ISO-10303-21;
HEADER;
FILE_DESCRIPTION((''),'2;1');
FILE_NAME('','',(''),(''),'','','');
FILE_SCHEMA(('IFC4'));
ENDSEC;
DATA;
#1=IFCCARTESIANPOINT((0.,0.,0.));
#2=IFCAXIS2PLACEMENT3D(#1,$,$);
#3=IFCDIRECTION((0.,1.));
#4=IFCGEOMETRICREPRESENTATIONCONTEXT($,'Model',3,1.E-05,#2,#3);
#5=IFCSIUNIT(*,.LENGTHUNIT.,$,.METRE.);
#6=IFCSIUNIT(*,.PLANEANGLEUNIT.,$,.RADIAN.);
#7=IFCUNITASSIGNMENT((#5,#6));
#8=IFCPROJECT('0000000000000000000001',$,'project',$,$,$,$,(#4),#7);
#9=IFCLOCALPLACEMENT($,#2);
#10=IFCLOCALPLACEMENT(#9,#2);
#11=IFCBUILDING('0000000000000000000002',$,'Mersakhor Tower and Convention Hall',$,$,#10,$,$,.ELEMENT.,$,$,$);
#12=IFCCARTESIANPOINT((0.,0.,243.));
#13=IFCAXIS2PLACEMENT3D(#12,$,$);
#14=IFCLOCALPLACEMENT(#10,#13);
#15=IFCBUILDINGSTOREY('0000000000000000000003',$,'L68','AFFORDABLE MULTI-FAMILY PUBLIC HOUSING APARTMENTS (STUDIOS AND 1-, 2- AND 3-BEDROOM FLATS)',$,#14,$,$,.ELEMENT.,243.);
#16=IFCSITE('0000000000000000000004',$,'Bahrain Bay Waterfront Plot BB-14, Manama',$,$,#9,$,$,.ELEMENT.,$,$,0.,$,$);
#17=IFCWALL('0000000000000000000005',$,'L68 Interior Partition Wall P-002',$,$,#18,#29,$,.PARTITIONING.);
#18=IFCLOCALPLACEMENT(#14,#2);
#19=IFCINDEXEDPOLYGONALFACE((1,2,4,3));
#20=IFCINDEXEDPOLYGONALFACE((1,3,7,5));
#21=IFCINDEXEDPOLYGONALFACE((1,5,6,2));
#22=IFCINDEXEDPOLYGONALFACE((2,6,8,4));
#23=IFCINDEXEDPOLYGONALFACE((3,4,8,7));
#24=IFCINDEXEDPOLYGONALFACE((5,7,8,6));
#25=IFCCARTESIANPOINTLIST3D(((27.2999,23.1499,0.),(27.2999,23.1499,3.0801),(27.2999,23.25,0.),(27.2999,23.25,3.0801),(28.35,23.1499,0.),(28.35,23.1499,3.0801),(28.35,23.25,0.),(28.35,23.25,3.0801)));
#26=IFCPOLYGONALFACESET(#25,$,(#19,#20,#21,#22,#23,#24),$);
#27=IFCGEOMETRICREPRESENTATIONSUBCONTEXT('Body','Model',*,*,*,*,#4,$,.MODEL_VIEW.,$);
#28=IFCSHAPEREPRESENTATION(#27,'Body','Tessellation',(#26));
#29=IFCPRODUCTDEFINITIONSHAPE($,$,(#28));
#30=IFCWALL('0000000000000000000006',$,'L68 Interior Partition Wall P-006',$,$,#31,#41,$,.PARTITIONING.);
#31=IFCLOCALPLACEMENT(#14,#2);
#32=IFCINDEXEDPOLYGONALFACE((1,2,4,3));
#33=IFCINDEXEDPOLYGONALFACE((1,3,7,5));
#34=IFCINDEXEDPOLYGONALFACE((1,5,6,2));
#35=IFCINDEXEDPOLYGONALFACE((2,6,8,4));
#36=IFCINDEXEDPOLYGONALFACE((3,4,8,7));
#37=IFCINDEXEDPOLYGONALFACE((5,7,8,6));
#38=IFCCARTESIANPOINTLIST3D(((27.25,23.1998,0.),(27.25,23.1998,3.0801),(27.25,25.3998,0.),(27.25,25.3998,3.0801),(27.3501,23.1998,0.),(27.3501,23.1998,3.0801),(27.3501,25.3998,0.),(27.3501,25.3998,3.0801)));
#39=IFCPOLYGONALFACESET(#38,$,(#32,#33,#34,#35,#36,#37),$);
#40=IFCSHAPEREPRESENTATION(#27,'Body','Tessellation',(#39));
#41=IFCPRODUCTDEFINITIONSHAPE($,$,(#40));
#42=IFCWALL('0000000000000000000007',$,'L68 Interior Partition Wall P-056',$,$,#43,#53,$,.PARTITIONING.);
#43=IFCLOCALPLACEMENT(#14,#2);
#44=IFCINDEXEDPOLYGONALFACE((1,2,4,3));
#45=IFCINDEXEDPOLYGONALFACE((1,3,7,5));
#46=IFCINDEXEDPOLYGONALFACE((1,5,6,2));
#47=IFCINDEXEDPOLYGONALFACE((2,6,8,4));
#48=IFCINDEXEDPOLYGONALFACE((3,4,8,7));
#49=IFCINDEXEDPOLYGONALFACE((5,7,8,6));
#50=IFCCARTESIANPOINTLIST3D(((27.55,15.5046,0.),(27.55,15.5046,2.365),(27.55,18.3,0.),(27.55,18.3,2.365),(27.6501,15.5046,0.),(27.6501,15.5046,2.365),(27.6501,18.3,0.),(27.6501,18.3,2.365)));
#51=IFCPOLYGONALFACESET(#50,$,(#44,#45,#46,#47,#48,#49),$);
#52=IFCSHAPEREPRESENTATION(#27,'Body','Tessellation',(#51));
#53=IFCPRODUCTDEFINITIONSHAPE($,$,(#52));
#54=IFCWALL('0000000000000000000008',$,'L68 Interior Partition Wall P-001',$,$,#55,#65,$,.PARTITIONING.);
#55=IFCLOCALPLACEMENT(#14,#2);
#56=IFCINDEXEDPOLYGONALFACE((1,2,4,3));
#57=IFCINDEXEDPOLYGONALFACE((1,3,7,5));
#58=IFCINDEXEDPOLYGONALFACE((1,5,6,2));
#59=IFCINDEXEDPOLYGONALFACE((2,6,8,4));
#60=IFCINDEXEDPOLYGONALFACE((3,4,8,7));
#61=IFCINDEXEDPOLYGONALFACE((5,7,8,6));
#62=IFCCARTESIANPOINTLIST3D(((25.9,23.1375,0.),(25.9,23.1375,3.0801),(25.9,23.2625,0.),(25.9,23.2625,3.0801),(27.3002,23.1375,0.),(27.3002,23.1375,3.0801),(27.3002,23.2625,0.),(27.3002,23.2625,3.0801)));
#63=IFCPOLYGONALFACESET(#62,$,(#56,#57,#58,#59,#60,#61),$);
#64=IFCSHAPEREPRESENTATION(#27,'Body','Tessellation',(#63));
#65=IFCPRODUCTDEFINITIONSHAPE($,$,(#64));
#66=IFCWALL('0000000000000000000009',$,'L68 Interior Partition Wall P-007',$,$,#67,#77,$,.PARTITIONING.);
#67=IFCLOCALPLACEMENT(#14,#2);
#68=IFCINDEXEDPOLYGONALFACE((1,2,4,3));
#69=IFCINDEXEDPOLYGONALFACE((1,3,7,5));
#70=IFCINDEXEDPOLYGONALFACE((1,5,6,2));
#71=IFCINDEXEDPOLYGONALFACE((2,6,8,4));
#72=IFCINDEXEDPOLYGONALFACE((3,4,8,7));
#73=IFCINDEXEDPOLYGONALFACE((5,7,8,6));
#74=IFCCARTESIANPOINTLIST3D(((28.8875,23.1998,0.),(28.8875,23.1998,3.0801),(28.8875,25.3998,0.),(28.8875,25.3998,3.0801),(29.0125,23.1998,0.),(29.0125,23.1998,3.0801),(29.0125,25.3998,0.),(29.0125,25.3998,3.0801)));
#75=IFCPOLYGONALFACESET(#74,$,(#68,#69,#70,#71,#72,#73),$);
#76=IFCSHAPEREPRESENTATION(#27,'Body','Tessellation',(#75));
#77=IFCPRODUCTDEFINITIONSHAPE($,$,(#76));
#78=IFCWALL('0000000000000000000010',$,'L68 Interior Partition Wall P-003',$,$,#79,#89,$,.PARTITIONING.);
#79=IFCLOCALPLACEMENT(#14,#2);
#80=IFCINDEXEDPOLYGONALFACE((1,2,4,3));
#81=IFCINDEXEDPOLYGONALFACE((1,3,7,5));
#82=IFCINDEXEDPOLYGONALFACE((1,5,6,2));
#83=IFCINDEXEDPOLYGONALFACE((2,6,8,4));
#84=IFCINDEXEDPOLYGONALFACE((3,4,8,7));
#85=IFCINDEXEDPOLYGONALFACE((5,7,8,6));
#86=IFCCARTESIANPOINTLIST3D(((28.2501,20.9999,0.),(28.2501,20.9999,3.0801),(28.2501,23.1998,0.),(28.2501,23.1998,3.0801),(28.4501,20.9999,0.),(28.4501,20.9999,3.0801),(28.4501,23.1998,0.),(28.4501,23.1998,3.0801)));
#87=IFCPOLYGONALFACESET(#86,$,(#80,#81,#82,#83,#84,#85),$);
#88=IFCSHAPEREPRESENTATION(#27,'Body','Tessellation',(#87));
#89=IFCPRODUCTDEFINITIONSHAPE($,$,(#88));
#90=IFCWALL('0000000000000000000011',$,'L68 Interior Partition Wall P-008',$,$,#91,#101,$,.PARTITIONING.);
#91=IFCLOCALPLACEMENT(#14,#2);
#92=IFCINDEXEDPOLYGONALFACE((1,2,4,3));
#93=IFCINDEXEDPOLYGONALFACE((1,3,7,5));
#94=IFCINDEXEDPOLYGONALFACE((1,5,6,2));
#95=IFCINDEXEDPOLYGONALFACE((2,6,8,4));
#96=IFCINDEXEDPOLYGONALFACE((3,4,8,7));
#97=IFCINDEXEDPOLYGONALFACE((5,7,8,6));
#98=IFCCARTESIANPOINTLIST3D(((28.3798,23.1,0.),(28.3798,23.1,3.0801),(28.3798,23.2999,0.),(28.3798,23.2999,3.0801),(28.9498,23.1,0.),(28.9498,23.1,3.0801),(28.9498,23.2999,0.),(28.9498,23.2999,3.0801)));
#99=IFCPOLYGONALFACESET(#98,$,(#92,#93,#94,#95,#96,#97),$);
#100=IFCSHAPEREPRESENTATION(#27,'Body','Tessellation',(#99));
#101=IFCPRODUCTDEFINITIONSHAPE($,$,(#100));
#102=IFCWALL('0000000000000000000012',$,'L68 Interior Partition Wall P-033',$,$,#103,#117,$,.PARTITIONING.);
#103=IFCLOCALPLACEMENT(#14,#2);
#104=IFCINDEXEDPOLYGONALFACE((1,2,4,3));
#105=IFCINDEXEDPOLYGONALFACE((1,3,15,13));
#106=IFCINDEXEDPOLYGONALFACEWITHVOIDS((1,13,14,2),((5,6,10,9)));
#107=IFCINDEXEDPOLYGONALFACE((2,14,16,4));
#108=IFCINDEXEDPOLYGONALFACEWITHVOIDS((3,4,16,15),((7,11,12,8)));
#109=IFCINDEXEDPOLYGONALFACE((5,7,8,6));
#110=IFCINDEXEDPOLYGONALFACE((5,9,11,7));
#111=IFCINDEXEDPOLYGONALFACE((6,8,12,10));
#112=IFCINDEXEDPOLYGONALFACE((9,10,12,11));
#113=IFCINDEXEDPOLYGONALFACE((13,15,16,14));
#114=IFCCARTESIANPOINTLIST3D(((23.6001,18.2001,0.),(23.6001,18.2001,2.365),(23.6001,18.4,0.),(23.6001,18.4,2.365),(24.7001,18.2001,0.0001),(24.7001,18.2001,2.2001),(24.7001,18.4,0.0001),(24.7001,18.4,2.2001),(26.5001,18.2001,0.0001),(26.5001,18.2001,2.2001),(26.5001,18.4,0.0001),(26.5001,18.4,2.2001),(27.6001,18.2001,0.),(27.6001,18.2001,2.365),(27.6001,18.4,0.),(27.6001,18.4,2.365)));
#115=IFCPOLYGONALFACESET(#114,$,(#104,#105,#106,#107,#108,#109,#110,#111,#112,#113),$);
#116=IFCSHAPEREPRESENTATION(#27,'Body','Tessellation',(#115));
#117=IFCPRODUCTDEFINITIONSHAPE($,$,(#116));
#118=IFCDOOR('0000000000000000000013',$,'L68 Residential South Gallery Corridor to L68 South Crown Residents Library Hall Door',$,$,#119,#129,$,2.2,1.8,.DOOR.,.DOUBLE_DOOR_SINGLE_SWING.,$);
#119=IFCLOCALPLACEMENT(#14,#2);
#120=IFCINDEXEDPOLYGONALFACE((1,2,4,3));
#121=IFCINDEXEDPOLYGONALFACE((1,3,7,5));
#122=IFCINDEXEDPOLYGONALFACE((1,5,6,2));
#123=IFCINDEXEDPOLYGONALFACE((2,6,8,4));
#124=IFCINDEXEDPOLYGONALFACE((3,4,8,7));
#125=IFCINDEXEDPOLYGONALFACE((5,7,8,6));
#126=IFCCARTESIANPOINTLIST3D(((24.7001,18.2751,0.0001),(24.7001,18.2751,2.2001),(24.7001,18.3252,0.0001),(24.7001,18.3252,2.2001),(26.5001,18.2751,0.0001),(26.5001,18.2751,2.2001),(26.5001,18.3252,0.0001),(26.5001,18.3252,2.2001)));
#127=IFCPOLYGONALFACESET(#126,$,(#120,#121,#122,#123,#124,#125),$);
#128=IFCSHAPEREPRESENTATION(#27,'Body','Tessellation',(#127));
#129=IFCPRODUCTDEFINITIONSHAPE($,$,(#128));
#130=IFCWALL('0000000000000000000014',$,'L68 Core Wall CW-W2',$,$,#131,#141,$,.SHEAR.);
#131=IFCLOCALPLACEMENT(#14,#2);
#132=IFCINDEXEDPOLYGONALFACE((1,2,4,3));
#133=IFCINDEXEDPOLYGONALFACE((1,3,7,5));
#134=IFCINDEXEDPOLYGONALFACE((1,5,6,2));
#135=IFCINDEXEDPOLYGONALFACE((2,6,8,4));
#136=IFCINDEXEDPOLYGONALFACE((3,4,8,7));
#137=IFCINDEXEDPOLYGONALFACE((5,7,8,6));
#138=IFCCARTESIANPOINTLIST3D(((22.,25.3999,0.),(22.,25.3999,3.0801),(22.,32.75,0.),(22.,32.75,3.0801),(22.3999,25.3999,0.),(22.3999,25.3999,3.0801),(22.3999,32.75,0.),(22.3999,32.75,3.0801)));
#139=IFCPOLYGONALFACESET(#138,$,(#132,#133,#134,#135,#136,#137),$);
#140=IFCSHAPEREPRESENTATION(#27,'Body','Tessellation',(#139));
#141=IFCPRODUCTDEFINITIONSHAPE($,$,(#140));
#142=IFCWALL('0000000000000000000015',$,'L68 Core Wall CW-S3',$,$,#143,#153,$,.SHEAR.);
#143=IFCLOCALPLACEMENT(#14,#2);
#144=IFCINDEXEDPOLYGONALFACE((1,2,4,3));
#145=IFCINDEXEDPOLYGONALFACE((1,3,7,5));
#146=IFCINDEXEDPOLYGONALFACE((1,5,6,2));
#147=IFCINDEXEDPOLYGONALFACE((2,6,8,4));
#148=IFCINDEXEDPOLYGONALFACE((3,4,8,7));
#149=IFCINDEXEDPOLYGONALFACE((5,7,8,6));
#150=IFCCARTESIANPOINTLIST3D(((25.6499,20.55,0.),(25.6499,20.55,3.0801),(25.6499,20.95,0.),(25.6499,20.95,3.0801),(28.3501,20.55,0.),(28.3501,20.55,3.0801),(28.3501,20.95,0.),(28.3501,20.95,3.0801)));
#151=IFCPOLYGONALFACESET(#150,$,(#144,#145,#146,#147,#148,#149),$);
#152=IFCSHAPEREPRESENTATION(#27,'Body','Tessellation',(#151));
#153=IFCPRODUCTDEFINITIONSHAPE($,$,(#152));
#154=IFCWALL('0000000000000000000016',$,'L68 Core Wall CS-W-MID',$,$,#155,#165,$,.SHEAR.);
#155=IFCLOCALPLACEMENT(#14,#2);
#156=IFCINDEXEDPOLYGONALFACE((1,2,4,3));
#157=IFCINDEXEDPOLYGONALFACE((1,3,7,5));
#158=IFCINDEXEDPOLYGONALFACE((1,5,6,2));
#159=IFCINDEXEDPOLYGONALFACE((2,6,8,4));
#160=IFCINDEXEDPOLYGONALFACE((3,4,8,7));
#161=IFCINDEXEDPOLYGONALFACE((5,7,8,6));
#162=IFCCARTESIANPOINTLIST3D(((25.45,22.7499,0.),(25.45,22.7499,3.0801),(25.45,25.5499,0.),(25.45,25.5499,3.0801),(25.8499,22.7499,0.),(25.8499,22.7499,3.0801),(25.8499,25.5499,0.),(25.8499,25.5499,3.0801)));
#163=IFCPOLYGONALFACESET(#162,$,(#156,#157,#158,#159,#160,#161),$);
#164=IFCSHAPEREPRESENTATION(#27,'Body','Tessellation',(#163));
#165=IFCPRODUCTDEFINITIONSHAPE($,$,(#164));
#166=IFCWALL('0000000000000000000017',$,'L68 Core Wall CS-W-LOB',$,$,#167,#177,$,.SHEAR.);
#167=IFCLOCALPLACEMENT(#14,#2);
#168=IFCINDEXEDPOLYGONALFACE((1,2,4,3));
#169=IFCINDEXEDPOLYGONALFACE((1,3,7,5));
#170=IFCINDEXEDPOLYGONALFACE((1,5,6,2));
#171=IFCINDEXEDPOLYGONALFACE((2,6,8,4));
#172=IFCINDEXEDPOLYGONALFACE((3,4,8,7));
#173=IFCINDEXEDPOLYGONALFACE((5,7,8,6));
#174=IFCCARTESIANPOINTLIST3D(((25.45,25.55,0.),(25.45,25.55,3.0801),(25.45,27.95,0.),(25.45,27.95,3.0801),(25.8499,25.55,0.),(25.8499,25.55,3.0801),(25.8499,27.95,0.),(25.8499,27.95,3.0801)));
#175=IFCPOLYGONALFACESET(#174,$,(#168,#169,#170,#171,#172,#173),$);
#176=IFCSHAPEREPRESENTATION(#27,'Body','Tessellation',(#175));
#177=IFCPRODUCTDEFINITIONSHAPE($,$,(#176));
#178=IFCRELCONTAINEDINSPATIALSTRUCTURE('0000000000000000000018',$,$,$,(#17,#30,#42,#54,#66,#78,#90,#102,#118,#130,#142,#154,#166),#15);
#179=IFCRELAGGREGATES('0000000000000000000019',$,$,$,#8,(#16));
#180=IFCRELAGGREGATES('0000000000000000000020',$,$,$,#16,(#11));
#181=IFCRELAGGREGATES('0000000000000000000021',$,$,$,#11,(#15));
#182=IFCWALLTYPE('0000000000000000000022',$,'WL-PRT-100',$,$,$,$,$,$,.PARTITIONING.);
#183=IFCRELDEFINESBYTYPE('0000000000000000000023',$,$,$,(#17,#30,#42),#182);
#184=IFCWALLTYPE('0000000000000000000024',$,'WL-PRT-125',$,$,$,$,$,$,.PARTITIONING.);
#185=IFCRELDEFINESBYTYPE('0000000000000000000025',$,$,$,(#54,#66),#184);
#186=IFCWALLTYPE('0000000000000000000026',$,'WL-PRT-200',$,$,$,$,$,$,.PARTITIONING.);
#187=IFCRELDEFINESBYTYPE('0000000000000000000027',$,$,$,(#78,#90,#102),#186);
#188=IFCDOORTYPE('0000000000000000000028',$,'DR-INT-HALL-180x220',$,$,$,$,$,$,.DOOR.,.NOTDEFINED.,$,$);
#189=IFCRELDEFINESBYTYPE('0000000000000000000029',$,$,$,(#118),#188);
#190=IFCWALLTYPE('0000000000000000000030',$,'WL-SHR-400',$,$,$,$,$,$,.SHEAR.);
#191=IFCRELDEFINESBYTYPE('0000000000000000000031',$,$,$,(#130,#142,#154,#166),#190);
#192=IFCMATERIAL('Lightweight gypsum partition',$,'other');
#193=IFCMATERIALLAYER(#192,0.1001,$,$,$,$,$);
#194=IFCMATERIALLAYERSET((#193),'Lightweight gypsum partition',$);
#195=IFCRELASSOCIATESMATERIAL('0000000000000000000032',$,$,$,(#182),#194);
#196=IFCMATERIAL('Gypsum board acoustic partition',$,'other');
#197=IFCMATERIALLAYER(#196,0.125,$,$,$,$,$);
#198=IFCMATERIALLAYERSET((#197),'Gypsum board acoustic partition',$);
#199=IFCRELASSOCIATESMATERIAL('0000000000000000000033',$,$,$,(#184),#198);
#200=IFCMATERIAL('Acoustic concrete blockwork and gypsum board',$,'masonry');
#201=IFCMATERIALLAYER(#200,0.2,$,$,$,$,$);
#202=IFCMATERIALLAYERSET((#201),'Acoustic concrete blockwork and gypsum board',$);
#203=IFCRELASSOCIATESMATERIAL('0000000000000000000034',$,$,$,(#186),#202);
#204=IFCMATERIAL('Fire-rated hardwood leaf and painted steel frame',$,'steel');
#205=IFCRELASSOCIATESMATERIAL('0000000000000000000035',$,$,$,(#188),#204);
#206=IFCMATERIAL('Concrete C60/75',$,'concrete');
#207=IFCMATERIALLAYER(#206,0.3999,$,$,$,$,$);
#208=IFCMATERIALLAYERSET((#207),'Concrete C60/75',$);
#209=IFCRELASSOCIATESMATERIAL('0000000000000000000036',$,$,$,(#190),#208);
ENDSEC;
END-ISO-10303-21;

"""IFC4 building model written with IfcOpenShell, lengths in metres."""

from ifc_helpers import new_model, si_unit, direction, frame, frame_2d, origin, place, context, subcontext, project, spatial, rectangle, extrude, material, layer, layer_set, type_object, element, fill, save


model = new_model("IFC4")

# Units and contexts
model_context = context("Model", 3, precision=1e-05, world=origin(), true_north=direction((0.0, 1.0)))
body_context = subcontext(model_context, "Body", "Model", "MODEL_VIEW")
ifc_project = project(units=[si_unit("LENGTHUNIT", "METRE"), si_unit("PLANEANGLEUNIT", "RADIAN")], contexts=[model_context])

# Site, building, storey
site_placement = place(None, origin())
site = spatial("IfcSite", under=ifc_project, at=site_placement, Name="Bahrain Bay Waterfront Plot BB-14, Manama", CompositionType="ELEMENT", RefElevation=0.0)
building_placement = place(site_placement, origin())
building = spatial("IfcBuilding", under=site, at=building_placement, Name="Mersakhor Tower and Convention Hall", CompositionType="ELEMENT")
storey_placement = place(building_placement, frame((0.0, 0.0, 243.0)))
storey = spatial("IfcBuildingStorey", under=building, at=storey_placement, Name="L68", Description="AFFORDABLE MULTI-FAMILY PUBLIC HOUSING APARTMENTS (STUDIOS AND 1-, 2- AND 3-BEDROOM FLATS)", CompositionType="ELEMENT", Elevation=243.0)

# Walls
ifc_material_1 = material(Name="Lightweight gypsum partition", Category="other")
ifc_layer_1 = layer(ifc_material_1, 0.1001)
ifc_layer_set_1 = layer_set([ifc_layer_1], Name="Lightweight gypsum partition")
wall_type_1 = type_object("IfcWallType", Name="WL-PRT-100", PredefinedType="PARTITIONING", material=ifc_layer_set_1)
wall_1_placement = place(storey_placement, frame((27.3, 23.2, 0.0), z_axis=(0.0, 0.0, 1.0), x_axis=(1.0, 0.0, 0.0)))
element("IfcWall", 1, at=wall_1_placement, inside=storey, type_object=wall_type_1, Name="L68 Interior Partition Wall P-002", PredefinedType="PARTITIONING", context=body_context, shape_type="SweptSolid", body=[
    extrude(rectangle(XDim=1.05, YDim=0.1001, at=frame_2d((0.5249, 0.0))), origin(), (0.0, 0.0, 1.0), 3.0801),
])
wall_2_placement = place(storey_placement, frame((27.3, 25.3999, 0.0), z_axis=(0.0, 0.0, 1.0), x_axis=(0.0, -1.0, 0.0)))
element("IfcWall", 2, at=wall_2_placement, inside=storey, type_object=wall_type_1, Name="L68 Interior Partition Wall P-006", PredefinedType="PARTITIONING", context=body_context, shape_type="SweptSolid", body=[
    extrude(rectangle(XDim=2.2, YDim=0.1001, at=frame_2d((1.1001, 0.0))), origin(), (0.0, 0.0, 1.0), 3.0801),
])
wall_3_placement = place(storey_placement, frame((27.6001, 18.3, 0.0), z_axis=(0.0, 0.0, 1.0), x_axis=(0.0, -1.0, 0.0)))
element("IfcWall", 3, at=wall_3_placement, inside=storey, type_object=wall_type_1, Name="L68 Interior Partition Wall P-056", PredefinedType="PARTITIONING", context=body_context, shape_type="SweptSolid", body=[
    extrude(rectangle(XDim=2.7954, YDim=0.1001, at=frame_2d((1.3977, 0.0))), origin(), (0.0, 0.0, 1.0), 2.365),
])
ifc_material_2 = material(Name="Gypsum board acoustic partition", Category="other")
ifc_layer_2 = layer(ifc_material_2, 0.125)
ifc_layer_set_2 = layer_set([ifc_layer_2], Name="Gypsum board acoustic partition")
wall_type_2 = type_object("IfcWallType", Name="WL-PRT-125", PredefinedType="PARTITIONING", material=ifc_layer_set_2)
wall_4_placement = place(storey_placement, frame((25.8999, 23.2, 0.0), z_axis=(0.0, 0.0, 1.0), x_axis=(1.0, 0.0, 0.0)))
element("IfcWall", 4, at=wall_4_placement, inside=storey, type_object=wall_type_2, Name="L68 Interior Partition Wall P-001", PredefinedType="PARTITIONING", context=body_context, shape_type="SweptSolid", body=[
    extrude(rectangle(XDim=1.4001, YDim=0.125, at=frame_2d((0.7002, 0.0))), origin(), (0.0, 0.0, 1.0), 3.0801),
])
wall_5_placement = place(storey_placement, frame((28.95, 25.3999, 0.0), z_axis=(0.0, 0.0, 1.0), x_axis=(0.0, -1.0, 0.0)))
element("IfcWall", 5, at=wall_5_placement, inside=storey, type_object=wall_type_2, Name="L68 Interior Partition Wall P-007", PredefinedType="PARTITIONING", context=body_context, shape_type="SweptSolid", body=[
    extrude(rectangle(XDim=2.2, YDim=0.125, at=frame_2d((1.1001, 0.0))), origin(), (0.0, 0.0, 1.0), 3.0801),
])

# Shared definitions
ifc_material_3 = material(Name="Acoustic concrete blockwork and gypsum board", Category="masonry")
ifc_layer_3 = layer(ifc_material_3, 0.2)
ifc_layer_set_3 = layer_set([ifc_layer_3], Name="Acoustic concrete blockwork and gypsum board")
wall_type_3 = type_object("IfcWallType", Name="WL-PRT-200", PredefinedType="PARTITIONING", material=ifc_layer_set_3)

# Walls
wall_6_placement = place(storey_placement, frame((28.3501, 23.2, 0.0), z_axis=(0.0, 0.0, 1.0), x_axis=(0.0, -1.0, 0.0)))
element("IfcWall", 6, at=wall_6_placement, inside=storey, type_object=wall_type_3, Name="L68 Interior Partition Wall P-003", PredefinedType="PARTITIONING", context=body_context, shape_type="SweptSolid", body=[
    extrude(rectangle(XDim=2.2, YDim=0.2, at=frame_2d((1.1001, 0.0))), origin(), (0.0, 0.0, 1.0), 3.0801),
])
wall_7_placement = place(storey_placement, frame((28.95, 23.2, 0.0), z_axis=(0.0, 0.0, 1.0), x_axis=(-1.0, 0.0, 0.0)))
element("IfcWall", 7, at=wall_7_placement, inside=storey, type_object=wall_type_3, Name="L68 Interior Partition Wall P-008", PredefinedType="PARTITIONING", context=body_context, shape_type="SweptSolid", body=[
    extrude(rectangle(XDim=0.5701, YDim=0.2, at=frame_2d((0.2852, 0.0))), origin(), (0.0, 0.0, 1.0), 3.0801),
])

# Wall, opening, door
wall_8_placement = place(storey_placement, frame((27.6001, 18.3, 0.0), z_axis=(0.0, 0.0, 1.0), x_axis=(-1.0, 0.0, 0.0)))
wall_8 = element("IfcWall", 8, at=wall_8_placement, inside=storey, type_object=wall_type_3, Name="L68 Interior Partition Wall P-033", PredefinedType="PARTITIONING", context=body_context, shape_type="SweptSolid", body=[
    extrude(rectangle(XDim=4.0, YDim=0.2, at=frame_2d((2.0, 0.0))), origin(), (0.0, 0.0, 1.0), 2.365),
])
opening_1_placement = place(wall_8_placement, frame((1.1001, 0.0, 0.0)))
opening_1 = element("IfcOpeningElement", 9, at=opening_1_placement, cuts=wall_8, PredefinedType="OPENING", context=body_context, shape_type="SweptSolid", body=[
    extrude(rectangle(XDim=1.8, YDim=2.2, at=frame_2d((0.8999, 1.1001))), frame((0.0, 0.1099, 0.0), z_axis=(0.0, -1.0, 0.0), x_axis=(1.0, 0.0, 0.0)), (0.0, 0.0, 1.0), 0.22),
])
ifc_material_4 = material(Name="Fire-rated hardwood leaf and painted steel frame", Category="steel")
door_type_1 = type_object("IfcDoorType", Name="DR-INT-HALL-180x220", OperationType="NOTDEFINED", PredefinedType="DOOR", material=ifc_material_4)
door_1_placement = place(opening_1_placement, origin())
door_1 = element("IfcDoor", 10, at=door_1_placement, inside=storey, type_object=door_type_1, Name="L68 Residential South Gallery Corridor to L68 South Crown Residents Library Hall Door", OperationType="DOUBLE_DOOR_SINGLE_SWING", OverallHeight=2.2, OverallWidth=1.8, PredefinedType="DOOR", context=body_context, shape_type="SweptSolid", body=[
    extrude(rectangle(XDim=1.8, YDim=2.2, at=frame_2d((0.8999, 1.1001))), frame((0.0, 0.0249, 0.0), z_axis=(0.0, -1.0, 0.0), x_axis=(1.0, 0.0, 0.0)), (0.0, 0.0, 1.0), 0.05),
])
fill(opening_1, door_1)

# Walls
ifc_material_5 = material(Name="Concrete C60/75", Category="concrete")
ifc_layer_4 = layer(ifc_material_5, 0.3999)
ifc_layer_set_4 = layer_set([ifc_layer_4], Name="Concrete C60/75")
wall_type_4 = type_object("IfcWallType", Name="WL-SHR-400", PredefinedType="SHEAR", material=ifc_layer_set_4)
wall_9_placement = place(storey_placement, frame((22.2, 25.3999, 0.0), z_axis=(0.0, 0.0, 1.0), x_axis=(0.0, 1.0, 0.0)))
element("IfcWall", 11, at=wall_9_placement, inside=storey, type_object=wall_type_4, Name="L68 Core Wall CW-W2", PredefinedType="SHEAR", context=body_context, shape_type="SweptSolid", body=[
    extrude(rectangle(XDim=7.3501, YDim=0.3999, at=frame_2d((3.675, 0.0))), origin(), (0.0, 0.0, 1.0), 3.0801),
])
wall_10_placement = place(storey_placement, frame((28.3501, 20.75, 0.0), z_axis=(0.0, 0.0, 1.0), x_axis=(-1.0, 0.0, 0.0)))
element("IfcWall", 12, at=wall_10_placement, inside=storey, type_object=wall_type_4, Name="L68 Core Wall CW-S3", PredefinedType="SHEAR", context=body_context, shape_type="SweptSolid", body=[
    extrude(rectangle(XDim=2.7002, YDim=0.3999, at=frame_2d((1.3501, 0.0))), origin(), (0.0, 0.0, 1.0), 3.0801),
])

# Walls
wall_11_placement = place(storey_placement, frame((25.6499, 22.75, 0.0), z_axis=(0.0, 0.0, 1.0), x_axis=(0.0, 1.0, 0.0)))
element("IfcWall", 13, at=wall_11_placement, inside=storey, type_object=wall_type_4, Name="L68 Core Wall CS-W-MID", PredefinedType="SHEAR", context=body_context, shape_type="SweptSolid", body=[
    extrude(rectangle(XDim=2.8, YDim=0.3999, at=frame_2d((1.3999, 0.0))), origin(), (0.0, 0.0, 1.0), 3.0801),
])
wall_12_placement = place(storey_placement, frame((25.6499, 25.55, 0.0), z_axis=(0.0, 0.0, 1.0), x_axis=(0.0, 1.0, 0.0)))
element("IfcWall", 14, at=wall_12_placement, inside=storey, type_object=wall_type_4, Name="L68 Core Wall CS-W-LOB", PredefinedType="SHEAR", context=body_context, shape_type="SweptSolid", body=[
    extrude(rectangle(XDim=2.3999, YDim=0.3999, at=frame_2d((1.2, 0.0))), origin(), (0.0, 0.0, 1.0), 3.0801),
])

save(model, "model.ifc")
